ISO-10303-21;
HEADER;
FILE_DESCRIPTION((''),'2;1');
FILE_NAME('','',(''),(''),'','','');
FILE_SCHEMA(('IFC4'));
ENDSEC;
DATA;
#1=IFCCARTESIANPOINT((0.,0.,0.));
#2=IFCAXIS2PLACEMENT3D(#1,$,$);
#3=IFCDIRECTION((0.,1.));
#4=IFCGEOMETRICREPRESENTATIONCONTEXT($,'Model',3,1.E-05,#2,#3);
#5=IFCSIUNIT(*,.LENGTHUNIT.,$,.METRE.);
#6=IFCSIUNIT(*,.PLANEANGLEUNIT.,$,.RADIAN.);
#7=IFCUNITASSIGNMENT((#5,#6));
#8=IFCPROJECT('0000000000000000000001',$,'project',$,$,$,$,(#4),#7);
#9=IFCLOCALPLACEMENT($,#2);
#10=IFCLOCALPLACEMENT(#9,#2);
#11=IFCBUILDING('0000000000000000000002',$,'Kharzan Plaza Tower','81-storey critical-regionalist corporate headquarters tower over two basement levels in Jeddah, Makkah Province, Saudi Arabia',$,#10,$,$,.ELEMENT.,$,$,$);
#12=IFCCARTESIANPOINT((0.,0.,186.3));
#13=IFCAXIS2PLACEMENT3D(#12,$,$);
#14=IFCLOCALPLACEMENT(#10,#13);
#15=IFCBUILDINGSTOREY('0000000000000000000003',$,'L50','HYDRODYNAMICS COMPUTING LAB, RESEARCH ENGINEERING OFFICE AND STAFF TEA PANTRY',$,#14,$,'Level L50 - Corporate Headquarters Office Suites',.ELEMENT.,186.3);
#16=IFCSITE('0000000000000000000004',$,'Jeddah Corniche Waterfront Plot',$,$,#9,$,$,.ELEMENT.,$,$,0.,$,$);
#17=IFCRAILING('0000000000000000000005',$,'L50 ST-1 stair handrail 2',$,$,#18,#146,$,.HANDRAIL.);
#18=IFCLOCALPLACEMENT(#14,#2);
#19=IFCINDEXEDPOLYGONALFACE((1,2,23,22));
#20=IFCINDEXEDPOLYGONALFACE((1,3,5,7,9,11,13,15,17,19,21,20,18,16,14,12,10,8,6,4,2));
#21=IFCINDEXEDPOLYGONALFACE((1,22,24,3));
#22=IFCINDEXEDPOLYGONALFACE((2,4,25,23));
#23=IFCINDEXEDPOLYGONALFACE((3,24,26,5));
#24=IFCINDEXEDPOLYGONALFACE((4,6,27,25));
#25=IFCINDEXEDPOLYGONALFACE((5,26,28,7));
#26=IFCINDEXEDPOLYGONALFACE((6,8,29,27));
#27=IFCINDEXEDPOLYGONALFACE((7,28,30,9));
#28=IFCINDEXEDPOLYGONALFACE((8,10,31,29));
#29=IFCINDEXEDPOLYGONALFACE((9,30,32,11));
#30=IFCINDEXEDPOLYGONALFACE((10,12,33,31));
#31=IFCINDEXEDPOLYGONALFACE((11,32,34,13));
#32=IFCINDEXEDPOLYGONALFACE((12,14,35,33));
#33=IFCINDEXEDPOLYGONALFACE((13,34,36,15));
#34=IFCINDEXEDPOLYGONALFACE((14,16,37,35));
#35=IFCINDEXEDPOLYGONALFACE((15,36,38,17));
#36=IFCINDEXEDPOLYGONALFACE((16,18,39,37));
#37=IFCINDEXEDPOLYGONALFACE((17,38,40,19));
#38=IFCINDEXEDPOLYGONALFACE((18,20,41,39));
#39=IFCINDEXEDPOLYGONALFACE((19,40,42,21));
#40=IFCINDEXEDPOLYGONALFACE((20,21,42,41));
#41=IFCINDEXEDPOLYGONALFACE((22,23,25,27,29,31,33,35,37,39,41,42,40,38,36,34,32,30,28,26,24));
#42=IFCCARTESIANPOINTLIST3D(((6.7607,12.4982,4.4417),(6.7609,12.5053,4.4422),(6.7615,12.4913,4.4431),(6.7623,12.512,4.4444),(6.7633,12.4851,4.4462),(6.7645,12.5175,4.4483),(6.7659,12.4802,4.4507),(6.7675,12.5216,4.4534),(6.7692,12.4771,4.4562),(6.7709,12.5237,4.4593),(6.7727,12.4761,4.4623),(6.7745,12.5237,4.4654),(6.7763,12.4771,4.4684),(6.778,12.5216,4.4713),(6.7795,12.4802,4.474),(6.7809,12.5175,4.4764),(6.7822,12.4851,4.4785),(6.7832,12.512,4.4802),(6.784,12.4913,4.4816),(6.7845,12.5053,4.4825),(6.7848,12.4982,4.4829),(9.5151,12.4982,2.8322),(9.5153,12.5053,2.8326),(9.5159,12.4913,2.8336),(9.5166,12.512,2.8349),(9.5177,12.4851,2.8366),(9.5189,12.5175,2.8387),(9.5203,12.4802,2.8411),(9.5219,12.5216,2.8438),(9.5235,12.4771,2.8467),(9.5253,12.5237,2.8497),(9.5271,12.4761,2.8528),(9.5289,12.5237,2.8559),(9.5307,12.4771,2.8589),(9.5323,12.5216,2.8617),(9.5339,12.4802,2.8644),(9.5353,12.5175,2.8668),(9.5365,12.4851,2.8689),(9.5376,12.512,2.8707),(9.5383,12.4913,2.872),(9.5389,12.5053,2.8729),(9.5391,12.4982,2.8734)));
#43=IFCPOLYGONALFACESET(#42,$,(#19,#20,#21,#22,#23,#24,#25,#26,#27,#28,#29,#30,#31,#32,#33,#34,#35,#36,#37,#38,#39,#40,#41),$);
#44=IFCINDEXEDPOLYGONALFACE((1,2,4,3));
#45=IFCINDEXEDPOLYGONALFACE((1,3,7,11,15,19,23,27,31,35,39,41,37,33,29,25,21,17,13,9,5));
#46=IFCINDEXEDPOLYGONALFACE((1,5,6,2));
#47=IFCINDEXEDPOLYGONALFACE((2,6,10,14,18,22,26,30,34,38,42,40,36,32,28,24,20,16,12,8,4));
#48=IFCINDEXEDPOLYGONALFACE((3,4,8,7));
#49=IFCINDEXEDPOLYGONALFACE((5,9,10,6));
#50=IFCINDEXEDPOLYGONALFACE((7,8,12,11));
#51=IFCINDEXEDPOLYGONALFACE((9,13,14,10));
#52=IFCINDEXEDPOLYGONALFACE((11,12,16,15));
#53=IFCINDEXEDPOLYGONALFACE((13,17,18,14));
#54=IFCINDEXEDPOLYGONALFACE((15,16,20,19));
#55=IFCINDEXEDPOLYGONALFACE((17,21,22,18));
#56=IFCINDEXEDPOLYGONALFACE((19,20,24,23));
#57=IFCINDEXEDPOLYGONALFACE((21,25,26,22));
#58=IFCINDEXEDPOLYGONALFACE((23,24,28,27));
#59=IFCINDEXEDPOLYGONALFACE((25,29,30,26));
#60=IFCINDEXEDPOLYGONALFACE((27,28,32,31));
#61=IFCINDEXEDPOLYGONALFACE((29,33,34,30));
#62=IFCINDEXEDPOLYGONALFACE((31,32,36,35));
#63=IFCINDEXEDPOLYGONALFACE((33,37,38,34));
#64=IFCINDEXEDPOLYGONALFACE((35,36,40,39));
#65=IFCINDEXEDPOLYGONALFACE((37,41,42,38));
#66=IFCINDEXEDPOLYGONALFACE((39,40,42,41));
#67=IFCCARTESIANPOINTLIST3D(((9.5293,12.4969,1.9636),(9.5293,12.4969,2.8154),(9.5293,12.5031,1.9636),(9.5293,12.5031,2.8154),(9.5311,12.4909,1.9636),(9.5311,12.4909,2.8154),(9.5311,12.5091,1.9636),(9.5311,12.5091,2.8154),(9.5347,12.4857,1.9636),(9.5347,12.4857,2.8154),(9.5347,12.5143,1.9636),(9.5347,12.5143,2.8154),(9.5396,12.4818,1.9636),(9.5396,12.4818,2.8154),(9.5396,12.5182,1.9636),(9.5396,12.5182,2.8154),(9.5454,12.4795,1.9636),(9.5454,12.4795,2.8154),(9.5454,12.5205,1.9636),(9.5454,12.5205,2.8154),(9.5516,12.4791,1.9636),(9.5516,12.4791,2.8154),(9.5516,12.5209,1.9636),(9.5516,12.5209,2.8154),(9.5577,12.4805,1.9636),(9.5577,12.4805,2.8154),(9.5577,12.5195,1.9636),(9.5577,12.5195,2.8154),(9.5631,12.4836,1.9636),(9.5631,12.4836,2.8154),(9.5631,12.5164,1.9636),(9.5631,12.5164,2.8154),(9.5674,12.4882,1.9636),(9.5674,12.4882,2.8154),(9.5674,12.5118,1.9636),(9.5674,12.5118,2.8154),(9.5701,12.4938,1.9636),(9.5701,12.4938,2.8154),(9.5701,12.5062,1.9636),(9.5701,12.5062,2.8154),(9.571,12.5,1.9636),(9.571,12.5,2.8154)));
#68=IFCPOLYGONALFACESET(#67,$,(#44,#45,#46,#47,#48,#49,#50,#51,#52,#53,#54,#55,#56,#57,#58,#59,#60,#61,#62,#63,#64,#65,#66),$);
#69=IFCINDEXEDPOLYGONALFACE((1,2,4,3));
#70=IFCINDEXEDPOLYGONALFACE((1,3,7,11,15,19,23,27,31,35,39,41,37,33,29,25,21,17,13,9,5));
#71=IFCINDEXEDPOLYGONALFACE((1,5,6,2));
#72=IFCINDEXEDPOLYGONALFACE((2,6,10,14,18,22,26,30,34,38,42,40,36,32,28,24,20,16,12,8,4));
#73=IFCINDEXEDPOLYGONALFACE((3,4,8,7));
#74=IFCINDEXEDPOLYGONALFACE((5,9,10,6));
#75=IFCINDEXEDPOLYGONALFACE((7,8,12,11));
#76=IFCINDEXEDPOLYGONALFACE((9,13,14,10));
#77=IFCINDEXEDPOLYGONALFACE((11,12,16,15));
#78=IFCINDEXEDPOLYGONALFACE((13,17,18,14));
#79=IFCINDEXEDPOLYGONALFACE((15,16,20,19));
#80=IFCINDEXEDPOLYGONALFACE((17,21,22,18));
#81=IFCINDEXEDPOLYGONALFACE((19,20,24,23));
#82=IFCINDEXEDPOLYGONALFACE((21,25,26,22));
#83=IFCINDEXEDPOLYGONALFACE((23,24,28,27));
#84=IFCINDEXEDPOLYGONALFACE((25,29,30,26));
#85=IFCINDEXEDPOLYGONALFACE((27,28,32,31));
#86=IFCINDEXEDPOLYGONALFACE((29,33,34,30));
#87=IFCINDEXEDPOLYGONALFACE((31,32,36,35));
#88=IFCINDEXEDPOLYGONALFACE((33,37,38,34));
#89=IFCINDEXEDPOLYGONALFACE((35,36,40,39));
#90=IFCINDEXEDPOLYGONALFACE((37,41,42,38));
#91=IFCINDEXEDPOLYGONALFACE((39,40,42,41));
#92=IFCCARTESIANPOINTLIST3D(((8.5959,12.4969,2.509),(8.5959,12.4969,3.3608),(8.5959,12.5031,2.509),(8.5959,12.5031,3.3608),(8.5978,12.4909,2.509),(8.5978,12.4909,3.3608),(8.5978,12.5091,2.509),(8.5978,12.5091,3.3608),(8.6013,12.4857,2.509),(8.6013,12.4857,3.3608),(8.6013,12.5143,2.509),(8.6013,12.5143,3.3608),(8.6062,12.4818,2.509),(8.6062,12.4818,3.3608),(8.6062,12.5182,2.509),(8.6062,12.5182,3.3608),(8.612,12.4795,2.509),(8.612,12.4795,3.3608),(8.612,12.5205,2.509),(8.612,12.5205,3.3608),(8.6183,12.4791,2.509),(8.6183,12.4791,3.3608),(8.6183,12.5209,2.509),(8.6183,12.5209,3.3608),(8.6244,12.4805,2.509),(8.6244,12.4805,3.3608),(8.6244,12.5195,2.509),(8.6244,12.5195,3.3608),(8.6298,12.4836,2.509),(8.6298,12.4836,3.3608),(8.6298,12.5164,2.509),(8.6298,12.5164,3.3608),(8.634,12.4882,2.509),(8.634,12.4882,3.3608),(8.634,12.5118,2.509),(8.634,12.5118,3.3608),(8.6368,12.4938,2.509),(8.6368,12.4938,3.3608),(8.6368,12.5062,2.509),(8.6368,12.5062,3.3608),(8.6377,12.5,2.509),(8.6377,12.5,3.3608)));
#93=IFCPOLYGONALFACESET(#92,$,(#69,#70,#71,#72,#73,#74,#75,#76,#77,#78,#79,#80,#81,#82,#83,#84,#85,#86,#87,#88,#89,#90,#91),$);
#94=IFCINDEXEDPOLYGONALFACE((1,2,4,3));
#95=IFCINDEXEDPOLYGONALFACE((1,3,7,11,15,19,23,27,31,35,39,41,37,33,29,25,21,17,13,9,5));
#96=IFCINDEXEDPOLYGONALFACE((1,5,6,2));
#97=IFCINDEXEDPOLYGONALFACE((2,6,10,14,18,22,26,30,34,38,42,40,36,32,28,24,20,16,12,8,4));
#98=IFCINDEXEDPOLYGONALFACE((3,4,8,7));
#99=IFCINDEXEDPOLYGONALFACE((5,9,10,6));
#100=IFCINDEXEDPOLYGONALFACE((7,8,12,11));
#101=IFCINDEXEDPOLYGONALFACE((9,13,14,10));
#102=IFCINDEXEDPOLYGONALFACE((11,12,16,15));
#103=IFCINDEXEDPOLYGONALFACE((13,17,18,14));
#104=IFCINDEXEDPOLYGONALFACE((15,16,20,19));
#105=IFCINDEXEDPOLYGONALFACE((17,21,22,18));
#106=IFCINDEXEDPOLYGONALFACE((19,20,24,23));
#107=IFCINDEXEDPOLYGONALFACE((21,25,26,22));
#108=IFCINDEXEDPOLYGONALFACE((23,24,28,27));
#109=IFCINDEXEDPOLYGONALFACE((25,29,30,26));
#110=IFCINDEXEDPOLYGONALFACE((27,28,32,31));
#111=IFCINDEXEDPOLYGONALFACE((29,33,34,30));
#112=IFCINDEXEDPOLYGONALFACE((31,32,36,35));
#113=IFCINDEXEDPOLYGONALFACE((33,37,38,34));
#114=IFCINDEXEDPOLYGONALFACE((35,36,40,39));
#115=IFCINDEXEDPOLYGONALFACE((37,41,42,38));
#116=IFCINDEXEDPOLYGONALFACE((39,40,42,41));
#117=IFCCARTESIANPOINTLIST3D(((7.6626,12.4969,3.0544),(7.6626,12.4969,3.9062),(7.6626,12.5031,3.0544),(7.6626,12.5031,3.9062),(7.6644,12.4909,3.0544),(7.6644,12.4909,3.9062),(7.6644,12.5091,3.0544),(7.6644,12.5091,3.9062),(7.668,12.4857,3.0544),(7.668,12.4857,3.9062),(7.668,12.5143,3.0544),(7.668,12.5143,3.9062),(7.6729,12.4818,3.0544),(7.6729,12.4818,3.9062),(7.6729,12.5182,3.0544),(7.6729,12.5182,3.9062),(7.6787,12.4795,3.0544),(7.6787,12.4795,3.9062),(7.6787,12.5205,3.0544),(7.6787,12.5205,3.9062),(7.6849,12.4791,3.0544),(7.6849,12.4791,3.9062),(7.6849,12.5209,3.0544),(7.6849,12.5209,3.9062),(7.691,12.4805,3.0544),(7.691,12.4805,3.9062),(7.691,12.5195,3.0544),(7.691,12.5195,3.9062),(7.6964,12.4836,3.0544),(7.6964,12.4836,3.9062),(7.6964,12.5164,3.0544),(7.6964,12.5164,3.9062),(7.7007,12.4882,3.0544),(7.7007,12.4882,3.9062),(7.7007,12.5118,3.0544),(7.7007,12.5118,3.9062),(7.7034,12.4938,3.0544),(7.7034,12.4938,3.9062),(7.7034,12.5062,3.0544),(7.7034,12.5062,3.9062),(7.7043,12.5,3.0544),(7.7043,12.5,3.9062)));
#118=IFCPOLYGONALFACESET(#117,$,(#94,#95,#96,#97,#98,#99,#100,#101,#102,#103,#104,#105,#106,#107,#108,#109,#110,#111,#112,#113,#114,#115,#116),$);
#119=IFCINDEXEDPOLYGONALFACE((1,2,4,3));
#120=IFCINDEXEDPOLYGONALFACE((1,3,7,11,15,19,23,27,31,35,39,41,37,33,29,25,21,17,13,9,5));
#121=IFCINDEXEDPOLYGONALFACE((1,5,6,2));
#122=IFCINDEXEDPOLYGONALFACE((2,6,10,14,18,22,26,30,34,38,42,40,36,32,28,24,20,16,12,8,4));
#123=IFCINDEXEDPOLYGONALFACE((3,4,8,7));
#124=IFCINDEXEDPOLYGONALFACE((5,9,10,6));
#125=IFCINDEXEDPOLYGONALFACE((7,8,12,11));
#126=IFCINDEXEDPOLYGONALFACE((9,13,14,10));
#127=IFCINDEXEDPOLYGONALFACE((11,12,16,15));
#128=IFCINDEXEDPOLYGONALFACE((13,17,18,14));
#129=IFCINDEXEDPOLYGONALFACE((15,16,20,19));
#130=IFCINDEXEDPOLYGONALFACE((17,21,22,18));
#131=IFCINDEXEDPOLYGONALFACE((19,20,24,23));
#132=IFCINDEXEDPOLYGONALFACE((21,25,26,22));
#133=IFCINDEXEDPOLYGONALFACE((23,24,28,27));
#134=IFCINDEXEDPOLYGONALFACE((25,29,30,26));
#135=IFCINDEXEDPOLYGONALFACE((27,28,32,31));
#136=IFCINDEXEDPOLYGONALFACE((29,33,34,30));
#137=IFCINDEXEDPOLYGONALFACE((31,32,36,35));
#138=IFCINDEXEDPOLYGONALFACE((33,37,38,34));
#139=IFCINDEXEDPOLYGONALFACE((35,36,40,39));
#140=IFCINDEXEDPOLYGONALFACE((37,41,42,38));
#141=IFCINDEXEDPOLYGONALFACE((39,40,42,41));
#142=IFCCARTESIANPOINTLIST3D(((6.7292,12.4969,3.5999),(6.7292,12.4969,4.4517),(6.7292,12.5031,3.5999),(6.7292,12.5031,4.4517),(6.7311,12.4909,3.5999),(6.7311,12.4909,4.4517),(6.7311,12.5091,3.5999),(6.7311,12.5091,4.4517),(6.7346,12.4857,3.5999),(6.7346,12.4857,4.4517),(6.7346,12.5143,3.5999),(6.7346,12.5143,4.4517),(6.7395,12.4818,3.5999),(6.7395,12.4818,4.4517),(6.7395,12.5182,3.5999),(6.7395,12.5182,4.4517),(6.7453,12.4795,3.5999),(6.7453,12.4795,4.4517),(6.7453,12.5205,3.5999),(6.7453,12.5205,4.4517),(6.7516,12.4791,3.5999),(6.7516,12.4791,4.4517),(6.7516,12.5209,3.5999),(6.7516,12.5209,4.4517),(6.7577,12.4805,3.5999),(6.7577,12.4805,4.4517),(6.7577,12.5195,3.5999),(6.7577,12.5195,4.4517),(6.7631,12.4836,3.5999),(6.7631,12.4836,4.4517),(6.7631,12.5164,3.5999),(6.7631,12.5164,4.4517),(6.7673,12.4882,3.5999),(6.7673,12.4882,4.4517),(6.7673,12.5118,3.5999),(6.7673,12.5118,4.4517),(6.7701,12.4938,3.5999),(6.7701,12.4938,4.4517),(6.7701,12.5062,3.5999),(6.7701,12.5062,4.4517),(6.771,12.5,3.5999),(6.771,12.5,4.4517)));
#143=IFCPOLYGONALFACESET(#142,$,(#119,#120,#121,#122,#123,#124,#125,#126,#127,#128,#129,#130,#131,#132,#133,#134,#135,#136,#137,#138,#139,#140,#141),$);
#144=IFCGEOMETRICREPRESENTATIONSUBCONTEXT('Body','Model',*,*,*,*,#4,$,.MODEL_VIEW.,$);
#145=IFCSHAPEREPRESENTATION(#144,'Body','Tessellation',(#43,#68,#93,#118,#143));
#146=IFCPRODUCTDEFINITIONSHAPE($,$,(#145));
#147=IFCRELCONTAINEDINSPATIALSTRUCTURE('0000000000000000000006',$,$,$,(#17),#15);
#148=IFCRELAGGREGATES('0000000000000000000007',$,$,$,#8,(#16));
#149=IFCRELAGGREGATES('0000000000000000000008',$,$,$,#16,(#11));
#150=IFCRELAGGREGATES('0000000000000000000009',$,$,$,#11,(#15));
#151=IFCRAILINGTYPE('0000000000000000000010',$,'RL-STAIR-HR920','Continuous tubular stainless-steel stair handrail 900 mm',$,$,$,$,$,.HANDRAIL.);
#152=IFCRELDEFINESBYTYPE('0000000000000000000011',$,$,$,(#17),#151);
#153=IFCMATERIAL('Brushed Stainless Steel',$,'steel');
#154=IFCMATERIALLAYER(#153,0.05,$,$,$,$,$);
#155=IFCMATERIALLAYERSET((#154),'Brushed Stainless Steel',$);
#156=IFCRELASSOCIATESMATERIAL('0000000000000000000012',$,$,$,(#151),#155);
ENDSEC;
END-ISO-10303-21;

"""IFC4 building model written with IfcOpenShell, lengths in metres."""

from ifc_helpers import new_model, si_unit, direction, frame, origin, origin_2d, place, context, subcontext, project, spatial, circle, extrude, source, transform, mapped, material, layer, layer_set, type_object, element, save


model = new_model("IFC4")

# Units and contexts
model_context = context("Model", 3, precision=1e-05, world=origin(), true_north=direction((0.0, 1.0)))
body_context = subcontext(model_context, "Body", "Model", "MODEL_VIEW")
ifc_project = project(units=[si_unit("LENGTHUNIT", "METRE"), si_unit("PLANEANGLEUNIT", "RADIAN")], contexts=[model_context])

# Site, building, storey
site_placement = place(None, origin())
site = spatial("IfcSite", under=ifc_project, at=site_placement, Name="Jeddah Corniche Waterfront Plot", CompositionType="ELEMENT", RefElevation=0.0)
building_placement = place(site_placement, origin())
building = spatial("IfcBuilding", under=site, at=building_placement, Name="Kharzan Plaza Tower", Description="81-storey critical-regionalist corporate headquarters tower over two basement levels in Jeddah, Makkah Province, Saudi Arabia", CompositionType="ELEMENT")
storey_placement = place(building_placement, frame((0.0, 0.0, 186.3)))
storey = spatial("IfcBuildingStorey", under=building, at=storey_placement, Name="L50", Description="HYDRODYNAMICS COMPUTING LAB, RESEARCH ENGINEERING OFFICE AND STAFF TEA PANTRY", LongName="Level L50 - Corporate Headquarters Office Suites", CompositionType="ELEMENT", Elevation=186.3)

# Shared definitions
ifc_material_1 = material(Name="Brushed Stainless Steel", Category="steel")

# Railing
ifc_layer_1 = layer(ifc_material_1, 0.05)
ifc_layer_set_1 = layer_set([ifc_layer_1], Name="Brushed Stainless Steel")
railing_type_1 = type_object("IfcRailingType", Name="RL-STAIR-HR920", Description="Continuous tubular stainless-steel stair handrail 900 mm", PredefinedType="HANDRAIL", material=ifc_layer_set_1)
shared_shape_1 = source(origin(), body_context, "Body", "SweptSolid", [
    extrude(circle(Radius=0.0239, at=origin_2d()), frame((-0.0229, 0.0, 0.8892), z_axis=(-0.863394, 0.0, 0.504531), x_axis=(0.0, -1.0, 0.0)), (0.0, 0.0, 1.0), 3.1902),
    extrude(circle(Radius=0.021, at=origin_2d()), origin(), (0.0, 0.0, 1.0), 0.8518),
    extrude(circle(Radius=0.021, at=origin_2d()), frame((-0.9333, 0.0, 0.5454)), (0.0, 0.0, 1.0), 0.8518),
    extrude(circle(Radius=0.021, at=origin_2d()), frame((-1.8667, 0.0, 1.0908)), (0.0, 0.0, 1.0), 0.8518),
    extrude(circle(Radius=0.021, at=origin_2d()), frame((-2.8, 0.0, 1.6362)), (0.0, 0.0, 1.0), 0.8518),
])
railing_1_placement = place(storey_placement, frame((9.55, 12.5, 1.9636)))
element("IfcRailing", 1, at=railing_1_placement, inside=storey, type_object=railing_type_1, Name="L50 ST-1 stair handrail 2", PredefinedType="HANDRAIL", context=body_context, shape_type="MappedRepresentation", body=[
    mapped(shared_shape_1, transform((0.0, 0.0, 0.0), x_axis=(1.0, 0.0, 0.0), y_axis=(0.0, 1.0, 0.0), z_axis=(0.0, 0.0, 1.0))),
])

save(model, "model.ifc")
